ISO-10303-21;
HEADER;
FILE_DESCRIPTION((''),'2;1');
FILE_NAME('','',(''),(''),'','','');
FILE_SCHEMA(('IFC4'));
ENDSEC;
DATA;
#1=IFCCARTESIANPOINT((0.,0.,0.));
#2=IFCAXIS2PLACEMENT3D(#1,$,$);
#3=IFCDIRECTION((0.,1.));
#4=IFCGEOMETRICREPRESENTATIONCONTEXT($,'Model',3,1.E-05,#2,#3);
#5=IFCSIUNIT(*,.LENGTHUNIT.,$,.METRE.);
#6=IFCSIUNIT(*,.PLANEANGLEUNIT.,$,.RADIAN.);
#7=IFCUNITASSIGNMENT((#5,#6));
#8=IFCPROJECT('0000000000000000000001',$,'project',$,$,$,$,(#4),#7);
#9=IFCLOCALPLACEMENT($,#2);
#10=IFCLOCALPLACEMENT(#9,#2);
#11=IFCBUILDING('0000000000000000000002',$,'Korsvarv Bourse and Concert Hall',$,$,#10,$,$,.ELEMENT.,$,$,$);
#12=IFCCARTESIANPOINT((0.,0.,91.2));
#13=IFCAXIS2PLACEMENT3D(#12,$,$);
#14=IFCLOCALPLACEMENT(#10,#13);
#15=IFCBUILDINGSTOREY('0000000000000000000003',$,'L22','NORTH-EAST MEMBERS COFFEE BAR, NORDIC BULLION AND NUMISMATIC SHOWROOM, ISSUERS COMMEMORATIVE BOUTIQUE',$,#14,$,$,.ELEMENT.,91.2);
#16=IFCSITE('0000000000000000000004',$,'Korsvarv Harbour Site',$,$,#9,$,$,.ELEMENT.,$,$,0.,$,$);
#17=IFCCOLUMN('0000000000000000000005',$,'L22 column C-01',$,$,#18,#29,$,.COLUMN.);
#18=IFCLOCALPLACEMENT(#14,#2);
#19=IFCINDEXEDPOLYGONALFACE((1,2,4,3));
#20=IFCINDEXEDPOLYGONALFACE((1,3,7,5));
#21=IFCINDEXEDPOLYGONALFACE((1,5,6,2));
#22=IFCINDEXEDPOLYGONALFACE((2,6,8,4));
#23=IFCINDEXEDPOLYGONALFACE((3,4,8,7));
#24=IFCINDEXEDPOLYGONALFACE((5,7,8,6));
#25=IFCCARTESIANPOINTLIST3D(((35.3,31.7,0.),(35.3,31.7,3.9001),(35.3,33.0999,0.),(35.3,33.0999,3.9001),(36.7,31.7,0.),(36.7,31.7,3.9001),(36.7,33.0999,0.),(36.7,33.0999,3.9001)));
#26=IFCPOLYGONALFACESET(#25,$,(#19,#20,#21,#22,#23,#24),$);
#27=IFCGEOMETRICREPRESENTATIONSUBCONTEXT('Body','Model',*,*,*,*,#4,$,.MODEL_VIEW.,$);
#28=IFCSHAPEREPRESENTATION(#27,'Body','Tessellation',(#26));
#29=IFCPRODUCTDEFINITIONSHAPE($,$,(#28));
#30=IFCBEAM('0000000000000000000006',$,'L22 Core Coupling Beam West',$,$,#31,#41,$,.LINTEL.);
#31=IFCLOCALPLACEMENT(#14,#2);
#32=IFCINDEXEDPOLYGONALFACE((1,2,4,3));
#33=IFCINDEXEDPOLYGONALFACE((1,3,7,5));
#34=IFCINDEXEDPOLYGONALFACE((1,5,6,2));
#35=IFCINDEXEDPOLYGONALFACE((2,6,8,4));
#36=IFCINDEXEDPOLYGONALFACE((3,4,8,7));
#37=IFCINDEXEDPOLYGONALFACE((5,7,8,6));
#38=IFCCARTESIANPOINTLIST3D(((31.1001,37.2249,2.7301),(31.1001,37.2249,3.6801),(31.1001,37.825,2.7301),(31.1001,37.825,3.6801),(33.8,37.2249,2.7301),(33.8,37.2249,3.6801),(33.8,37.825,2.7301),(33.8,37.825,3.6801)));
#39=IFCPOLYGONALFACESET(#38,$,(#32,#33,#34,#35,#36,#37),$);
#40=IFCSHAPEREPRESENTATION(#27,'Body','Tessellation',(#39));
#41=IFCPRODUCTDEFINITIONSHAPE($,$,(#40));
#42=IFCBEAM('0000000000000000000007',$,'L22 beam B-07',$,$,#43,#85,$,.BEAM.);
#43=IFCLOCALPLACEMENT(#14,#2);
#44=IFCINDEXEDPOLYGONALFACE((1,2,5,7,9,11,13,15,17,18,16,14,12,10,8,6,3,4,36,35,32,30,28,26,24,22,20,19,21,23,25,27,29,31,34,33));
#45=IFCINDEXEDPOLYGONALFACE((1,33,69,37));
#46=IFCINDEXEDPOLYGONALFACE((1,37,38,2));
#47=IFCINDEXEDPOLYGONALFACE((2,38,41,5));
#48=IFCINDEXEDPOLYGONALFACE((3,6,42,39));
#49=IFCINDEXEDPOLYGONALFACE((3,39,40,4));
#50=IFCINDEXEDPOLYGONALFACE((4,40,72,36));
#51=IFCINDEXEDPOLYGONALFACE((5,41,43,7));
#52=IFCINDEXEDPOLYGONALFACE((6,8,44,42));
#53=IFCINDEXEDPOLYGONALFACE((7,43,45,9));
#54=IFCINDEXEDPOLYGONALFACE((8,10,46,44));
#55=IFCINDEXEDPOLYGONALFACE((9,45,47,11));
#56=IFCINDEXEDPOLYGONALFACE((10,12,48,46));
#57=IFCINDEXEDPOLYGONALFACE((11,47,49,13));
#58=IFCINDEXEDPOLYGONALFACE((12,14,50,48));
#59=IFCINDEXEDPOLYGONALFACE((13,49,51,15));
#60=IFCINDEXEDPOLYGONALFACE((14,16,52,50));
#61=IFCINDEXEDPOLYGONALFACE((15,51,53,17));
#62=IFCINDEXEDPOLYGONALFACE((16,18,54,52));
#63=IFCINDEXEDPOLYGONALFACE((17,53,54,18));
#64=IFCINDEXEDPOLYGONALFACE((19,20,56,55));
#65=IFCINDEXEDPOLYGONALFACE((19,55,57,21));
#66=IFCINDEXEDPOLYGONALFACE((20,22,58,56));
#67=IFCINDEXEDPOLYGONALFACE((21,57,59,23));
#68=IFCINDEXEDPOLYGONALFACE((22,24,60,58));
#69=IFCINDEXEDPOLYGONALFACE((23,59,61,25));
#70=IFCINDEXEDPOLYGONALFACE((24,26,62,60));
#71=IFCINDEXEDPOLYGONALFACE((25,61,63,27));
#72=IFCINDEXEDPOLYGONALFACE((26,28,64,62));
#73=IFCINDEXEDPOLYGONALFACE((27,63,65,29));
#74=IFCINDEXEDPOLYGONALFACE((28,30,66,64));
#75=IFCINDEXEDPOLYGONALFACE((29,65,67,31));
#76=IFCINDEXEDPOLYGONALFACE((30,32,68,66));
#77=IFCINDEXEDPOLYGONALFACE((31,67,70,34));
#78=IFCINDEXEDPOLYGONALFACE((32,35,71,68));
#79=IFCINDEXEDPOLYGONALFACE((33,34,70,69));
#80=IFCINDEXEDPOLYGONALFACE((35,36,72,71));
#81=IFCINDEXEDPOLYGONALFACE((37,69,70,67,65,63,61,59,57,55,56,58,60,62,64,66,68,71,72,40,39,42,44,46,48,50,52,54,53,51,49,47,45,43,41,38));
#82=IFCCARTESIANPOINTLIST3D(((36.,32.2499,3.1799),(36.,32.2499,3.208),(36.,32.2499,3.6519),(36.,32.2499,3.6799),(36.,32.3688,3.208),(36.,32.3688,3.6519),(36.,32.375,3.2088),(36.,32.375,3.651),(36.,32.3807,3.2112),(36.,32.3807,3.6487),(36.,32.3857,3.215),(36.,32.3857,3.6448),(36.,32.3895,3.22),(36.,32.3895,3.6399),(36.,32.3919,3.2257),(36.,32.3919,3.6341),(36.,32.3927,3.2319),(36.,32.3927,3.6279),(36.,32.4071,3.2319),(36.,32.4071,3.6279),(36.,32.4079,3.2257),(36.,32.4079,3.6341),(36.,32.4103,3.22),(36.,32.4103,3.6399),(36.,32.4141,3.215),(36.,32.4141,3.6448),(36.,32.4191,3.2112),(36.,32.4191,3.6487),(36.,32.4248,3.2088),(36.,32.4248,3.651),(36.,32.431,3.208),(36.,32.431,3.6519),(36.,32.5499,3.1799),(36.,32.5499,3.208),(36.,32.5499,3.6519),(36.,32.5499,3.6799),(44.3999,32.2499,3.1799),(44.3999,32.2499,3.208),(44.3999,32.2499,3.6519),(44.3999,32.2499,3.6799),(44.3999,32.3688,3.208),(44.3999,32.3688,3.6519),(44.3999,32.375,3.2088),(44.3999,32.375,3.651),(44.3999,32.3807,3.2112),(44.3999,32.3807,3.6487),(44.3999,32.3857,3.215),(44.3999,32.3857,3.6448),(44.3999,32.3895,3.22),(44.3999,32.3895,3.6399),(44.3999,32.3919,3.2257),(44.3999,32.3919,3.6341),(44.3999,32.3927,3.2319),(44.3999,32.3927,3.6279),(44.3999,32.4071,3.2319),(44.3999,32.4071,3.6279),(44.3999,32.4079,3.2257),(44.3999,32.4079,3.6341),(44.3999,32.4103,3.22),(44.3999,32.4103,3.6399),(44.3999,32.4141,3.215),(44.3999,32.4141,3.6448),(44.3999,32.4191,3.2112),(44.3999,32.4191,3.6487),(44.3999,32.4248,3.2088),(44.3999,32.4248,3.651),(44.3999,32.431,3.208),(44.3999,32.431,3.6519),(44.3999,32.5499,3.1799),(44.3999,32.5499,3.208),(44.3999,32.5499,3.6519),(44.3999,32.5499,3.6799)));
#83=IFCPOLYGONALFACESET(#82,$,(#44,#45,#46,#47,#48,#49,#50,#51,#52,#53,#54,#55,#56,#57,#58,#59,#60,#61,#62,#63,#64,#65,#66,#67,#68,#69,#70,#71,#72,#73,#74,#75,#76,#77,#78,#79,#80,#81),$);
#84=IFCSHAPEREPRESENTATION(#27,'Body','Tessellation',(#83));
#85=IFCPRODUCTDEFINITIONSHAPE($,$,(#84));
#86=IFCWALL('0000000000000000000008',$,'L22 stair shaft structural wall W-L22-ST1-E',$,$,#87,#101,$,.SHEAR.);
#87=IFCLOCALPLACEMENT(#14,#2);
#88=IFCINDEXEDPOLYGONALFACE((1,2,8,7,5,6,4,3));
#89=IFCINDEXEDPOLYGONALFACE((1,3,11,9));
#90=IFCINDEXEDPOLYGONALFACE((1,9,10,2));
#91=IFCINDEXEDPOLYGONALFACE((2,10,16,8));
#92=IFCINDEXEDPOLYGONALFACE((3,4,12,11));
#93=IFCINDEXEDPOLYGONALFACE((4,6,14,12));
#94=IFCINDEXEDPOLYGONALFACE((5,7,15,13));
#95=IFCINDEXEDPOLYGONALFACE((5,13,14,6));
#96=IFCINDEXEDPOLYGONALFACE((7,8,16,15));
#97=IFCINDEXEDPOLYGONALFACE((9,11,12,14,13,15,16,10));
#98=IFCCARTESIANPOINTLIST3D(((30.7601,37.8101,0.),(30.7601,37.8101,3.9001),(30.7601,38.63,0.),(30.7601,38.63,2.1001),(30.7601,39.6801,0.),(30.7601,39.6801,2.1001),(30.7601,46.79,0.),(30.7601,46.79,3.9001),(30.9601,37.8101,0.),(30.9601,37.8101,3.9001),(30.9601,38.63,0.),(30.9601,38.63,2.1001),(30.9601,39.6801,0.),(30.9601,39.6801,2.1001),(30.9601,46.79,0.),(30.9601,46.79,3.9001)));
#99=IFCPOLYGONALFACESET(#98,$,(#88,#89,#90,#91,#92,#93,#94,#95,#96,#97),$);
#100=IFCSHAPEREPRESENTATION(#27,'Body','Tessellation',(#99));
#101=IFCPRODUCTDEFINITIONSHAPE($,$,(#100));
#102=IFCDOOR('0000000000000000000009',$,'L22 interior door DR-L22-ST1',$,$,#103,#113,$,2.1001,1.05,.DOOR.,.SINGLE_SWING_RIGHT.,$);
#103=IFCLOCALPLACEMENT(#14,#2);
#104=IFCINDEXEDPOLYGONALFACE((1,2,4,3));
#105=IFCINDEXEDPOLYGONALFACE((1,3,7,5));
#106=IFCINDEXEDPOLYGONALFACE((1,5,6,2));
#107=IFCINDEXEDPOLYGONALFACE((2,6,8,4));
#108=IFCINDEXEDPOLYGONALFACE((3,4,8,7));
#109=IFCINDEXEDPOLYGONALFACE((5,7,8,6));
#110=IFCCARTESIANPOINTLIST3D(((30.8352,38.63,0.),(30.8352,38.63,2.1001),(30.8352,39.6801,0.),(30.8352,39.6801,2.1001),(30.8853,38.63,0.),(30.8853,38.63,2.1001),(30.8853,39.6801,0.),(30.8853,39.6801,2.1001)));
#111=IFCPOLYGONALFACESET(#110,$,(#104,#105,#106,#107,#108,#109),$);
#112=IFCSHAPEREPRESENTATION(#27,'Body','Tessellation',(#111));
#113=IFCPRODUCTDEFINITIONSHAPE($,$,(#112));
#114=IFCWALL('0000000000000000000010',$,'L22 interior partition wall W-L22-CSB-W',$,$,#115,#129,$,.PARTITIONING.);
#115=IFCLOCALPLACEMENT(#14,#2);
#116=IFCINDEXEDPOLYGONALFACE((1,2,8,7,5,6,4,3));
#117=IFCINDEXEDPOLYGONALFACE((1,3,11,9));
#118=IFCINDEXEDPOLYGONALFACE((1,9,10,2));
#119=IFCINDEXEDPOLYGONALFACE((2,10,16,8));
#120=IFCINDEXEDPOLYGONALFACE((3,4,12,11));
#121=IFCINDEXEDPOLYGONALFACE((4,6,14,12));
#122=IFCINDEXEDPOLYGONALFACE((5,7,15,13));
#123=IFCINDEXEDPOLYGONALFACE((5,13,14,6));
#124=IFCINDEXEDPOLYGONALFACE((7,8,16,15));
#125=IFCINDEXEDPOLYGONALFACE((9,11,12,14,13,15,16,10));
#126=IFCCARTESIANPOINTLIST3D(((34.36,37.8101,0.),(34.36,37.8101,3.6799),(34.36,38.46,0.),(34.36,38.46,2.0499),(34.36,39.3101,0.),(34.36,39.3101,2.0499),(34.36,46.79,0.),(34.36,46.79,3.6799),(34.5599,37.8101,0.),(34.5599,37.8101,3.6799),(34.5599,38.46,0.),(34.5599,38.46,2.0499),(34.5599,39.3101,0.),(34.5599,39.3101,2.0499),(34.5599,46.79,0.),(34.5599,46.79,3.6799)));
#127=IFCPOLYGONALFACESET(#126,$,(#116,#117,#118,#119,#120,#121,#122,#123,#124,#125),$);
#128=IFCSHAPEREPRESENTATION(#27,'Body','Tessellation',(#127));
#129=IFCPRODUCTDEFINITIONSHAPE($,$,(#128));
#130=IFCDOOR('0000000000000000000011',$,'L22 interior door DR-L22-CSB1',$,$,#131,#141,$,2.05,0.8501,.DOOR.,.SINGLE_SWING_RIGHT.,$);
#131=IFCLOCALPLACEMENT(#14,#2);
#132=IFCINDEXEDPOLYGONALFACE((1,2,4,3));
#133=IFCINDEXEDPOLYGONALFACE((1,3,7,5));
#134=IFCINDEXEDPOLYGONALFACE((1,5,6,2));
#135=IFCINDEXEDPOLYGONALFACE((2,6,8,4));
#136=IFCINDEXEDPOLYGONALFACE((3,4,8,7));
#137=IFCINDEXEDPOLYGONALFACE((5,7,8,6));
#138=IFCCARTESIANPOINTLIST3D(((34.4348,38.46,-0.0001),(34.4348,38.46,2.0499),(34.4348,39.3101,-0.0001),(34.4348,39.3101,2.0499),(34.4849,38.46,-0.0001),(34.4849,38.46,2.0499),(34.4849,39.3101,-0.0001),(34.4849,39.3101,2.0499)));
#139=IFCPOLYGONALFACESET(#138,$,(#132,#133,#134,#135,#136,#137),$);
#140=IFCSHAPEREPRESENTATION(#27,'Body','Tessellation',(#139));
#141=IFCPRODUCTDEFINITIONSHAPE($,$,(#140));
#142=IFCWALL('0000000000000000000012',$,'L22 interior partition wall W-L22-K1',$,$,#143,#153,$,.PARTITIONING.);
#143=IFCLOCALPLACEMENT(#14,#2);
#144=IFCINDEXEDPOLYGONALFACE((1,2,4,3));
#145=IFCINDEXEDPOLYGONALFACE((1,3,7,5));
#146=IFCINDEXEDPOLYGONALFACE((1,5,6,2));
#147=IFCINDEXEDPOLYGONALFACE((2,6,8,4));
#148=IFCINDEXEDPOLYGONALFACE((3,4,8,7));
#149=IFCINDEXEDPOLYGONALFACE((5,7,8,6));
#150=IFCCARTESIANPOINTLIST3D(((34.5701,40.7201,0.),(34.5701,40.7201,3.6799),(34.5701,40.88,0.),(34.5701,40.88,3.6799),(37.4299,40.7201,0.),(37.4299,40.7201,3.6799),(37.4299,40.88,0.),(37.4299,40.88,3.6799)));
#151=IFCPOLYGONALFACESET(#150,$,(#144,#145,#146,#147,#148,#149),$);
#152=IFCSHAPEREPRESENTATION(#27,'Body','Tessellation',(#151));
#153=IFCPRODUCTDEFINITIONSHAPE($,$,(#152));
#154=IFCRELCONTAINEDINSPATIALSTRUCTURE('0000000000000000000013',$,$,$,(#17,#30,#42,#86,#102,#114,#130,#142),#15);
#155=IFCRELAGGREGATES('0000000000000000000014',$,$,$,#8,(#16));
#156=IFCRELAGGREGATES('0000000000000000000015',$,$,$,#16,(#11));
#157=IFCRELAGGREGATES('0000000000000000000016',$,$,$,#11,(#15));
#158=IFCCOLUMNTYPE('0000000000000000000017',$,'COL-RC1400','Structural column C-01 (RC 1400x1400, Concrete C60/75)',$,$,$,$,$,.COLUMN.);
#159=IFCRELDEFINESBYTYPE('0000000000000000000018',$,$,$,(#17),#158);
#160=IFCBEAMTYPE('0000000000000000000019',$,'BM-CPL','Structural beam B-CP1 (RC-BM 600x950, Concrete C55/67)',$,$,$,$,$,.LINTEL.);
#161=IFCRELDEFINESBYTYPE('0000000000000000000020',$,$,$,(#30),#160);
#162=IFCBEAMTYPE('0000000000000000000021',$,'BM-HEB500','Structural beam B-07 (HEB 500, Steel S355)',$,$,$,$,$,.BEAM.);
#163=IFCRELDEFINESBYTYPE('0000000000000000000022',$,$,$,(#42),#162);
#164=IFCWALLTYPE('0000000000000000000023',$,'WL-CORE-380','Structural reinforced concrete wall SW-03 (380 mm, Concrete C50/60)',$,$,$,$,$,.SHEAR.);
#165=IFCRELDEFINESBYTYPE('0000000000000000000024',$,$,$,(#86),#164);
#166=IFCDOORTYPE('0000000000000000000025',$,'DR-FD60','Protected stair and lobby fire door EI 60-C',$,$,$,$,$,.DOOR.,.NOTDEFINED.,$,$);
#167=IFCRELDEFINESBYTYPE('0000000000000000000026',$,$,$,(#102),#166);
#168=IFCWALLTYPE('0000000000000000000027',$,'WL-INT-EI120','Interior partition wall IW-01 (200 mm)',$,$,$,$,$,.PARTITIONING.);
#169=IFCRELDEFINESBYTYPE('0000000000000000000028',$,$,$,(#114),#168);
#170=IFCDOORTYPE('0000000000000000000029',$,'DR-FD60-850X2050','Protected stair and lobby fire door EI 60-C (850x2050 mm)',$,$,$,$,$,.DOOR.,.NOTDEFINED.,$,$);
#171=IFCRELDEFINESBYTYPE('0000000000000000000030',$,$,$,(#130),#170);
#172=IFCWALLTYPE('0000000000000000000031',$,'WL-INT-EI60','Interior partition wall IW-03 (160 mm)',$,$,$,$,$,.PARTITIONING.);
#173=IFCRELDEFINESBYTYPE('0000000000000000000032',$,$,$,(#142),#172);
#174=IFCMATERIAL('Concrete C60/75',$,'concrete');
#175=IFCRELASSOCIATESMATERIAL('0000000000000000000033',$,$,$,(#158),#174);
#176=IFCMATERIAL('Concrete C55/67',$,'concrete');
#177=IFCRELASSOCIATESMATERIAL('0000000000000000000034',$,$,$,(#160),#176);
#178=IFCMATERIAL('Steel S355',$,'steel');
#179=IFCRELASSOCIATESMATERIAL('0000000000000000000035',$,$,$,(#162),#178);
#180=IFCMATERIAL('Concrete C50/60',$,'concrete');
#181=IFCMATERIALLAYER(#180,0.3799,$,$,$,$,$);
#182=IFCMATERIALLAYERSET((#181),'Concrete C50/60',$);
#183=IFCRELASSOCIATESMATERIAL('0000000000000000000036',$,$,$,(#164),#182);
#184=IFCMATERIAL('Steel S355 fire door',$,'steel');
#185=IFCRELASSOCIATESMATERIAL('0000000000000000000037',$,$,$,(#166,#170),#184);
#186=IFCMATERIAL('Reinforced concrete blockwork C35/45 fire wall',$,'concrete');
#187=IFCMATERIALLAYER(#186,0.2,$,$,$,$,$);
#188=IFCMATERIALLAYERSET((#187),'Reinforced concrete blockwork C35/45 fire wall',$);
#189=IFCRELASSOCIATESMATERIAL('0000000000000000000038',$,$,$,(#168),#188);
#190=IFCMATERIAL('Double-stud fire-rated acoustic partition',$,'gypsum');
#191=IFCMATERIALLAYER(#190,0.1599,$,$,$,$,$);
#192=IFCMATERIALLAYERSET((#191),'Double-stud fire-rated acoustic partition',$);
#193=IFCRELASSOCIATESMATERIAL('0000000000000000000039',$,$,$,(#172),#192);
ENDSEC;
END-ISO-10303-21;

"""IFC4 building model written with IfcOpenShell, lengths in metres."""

from ifc_helpers import new_model, si_unit, direction, frame, frame_2d, origin, origin_2d, place, context, subcontext, project, spatial, rectangle, i_section, extrude, source, transform, mapped, material, layer, layer_set, material_profile, profile_set, type_object, element, fill, save


model = new_model("IFC4")

# Units and contexts
model_context = context("Model", 3, precision=1e-05, world=origin(), true_north=direction((0.0, 1.0)))
body_context = subcontext(model_context, "Body", "Model", "MODEL_VIEW")
ifc_project = project(units=[si_unit("LENGTHUNIT", "METRE"), si_unit("PLANEANGLEUNIT", "RADIAN")], contexts=[model_context])

# Site, building, storey
site_placement = place(None, origin())
site = spatial("IfcSite", under=ifc_project, at=site_placement, Name="Korsvarv Harbour Site", CompositionType="ELEMENT", RefElevation=0.0)
building_placement = place(site_placement, origin())
building = spatial("IfcBuilding", under=site, at=building_placement, Name="Korsvarv Bourse and Concert Hall", CompositionType="ELEMENT")
storey_placement = place(building_placement, frame((0.0, 0.0, 91.2)))
storey = spatial("IfcBuildingStorey", under=building, at=storey_placement, Name="L22", Description="NORTH-EAST MEMBERS COFFEE BAR, NORDIC BULLION AND NUMISMATIC SHOWROOM, ISSUERS COMMEMORATIVE BOUTIQUE", CompositionType="ELEMENT", Elevation=91.2)

# Column
ifc_material_1 = material(Name="Concrete C60/75", Category="concrete")
ifc_material_profile_1 = material_profile(ifc_material_1, rectangle(XDim=1.3999, YDim=1.3999, at=origin_2d()), Name="RC 1400x1400")
ifc_profile_set_1 = profile_set([ifc_material_profile_1], Name="Concrete C60/75")
column_type = type_object("IfcColumnType", Name="COL-RC1400", Description="Structural column C-01 (RC 1400x1400, Concrete C60/75)", PredefinedType="COLUMN", material=ifc_profile_set_1)
shared_shape_1 = source(origin(), body_context, "Body", "SweptSolid", [
    extrude(rectangle(XDim=1.3999, YDim=1.3999, at=origin_2d()), origin(), (0.0, 0.0, 1.0), 3.9001),
])
column_placement = place(storey_placement, frame((36.0, 32.3999, 0.0), z_axis=(0.0, 0.0, 1.0), x_axis=(1.0, 0.0, 0.0)))
element("IfcColumn", 1, at=column_placement, inside=storey, type_object=column_type, Name="L22 column C-01", PredefinedType="COLUMN", context=body_context, shape_type="MappedRepresentation", body=[
    mapped(shared_shape_1, transform((0.0, 0.0, 0.0), scale=1.0)),
])

# Beams
ifc_material_2 = material(Name="Concrete C55/67", Category="concrete")
ifc_material_profile_2 = material_profile(ifc_material_2, rectangle(XDim=0.6001, YDim=0.95, at=origin_2d()), Name="RC-BM 600x950")
ifc_profile_set_2 = profile_set([ifc_material_profile_2], Name="Concrete C55/67")
beam_type_1 = type_object("IfcBeamType", Name="BM-CPL", Description="Structural beam B-CP1 (RC-BM 600x950, Concrete C55/67)", PredefinedType="LINTEL", material=ifc_profile_set_2)
shared_shape_2 = source(origin(), body_context, "Body", "SweptSolid", [
    extrude(rectangle(XDim=0.6001, YDim=0.95, at=origin_2d()), origin(), (0.0, 0.0, 1.0), 2.7),
])
beam_1_placement = place(storey_placement, frame((31.1001, 37.5249, 3.2051), z_axis=(1.0, 0.0, 0.0), x_axis=(0.0, 1.0, 0.0)))
element("IfcBeam", 2, at=beam_1_placement, inside=storey, type_object=beam_type_1, Name="L22 Core Coupling Beam West", PredefinedType="LINTEL", context=body_context, shape_type="MappedRepresentation", body=[
    mapped(shared_shape_2, transform((0.0, 0.0, 0.0), scale=1.0)),
])
ifc_material_3 = material(Name="Steel S355", Category="steel")
ifc_material_profile_3 = material_profile(ifc_material_3, i_section(OverallWidth=0.3, OverallDepth=0.5, WebThickness=0.0144, FlangeThickness=0.0281, FilletRadius=0.0239, at=origin_2d()), Name="HEB 500")
ifc_profile_set_3 = profile_set([ifc_material_profile_3], Name="Steel S355")
beam_type_2 = type_object("IfcBeamType", Name="BM-HEB500", Description="Structural beam B-07 (HEB 500, Steel S355)", PredefinedType="BEAM", material=ifc_profile_set_3)
shared_shape_3 = source(origin(), body_context, "Body", "SweptSolid", [
    extrude(i_section(OverallWidth=0.3, OverallDepth=0.5, WebThickness=0.0144, FlangeThickness=0.0281, FilletRadius=0.0239, at=origin_2d()), origin(), (0.0, 0.0, 1.0), 8.3999),
])
beam_2_placement = place(storey_placement, frame((36.0, 32.3999, 3.4299), z_axis=(1.0, 0.0, 0.0), x_axis=(0.0, 1.0, 0.0)))
element("IfcBeam", 3, at=beam_2_placement, inside=storey, type_object=beam_type_2, Name="L22 beam B-07", PredefinedType="BEAM", context=body_context, shape_type="MappedRepresentation", body=[
    mapped(shared_shape_3, transform((0.0, 0.0, 0.0), scale=1.0)),
])

# Walls, openings, doors
ifc_material_4 = material(Name="Concrete C50/60", Category="concrete")
ifc_layer_1 = layer(ifc_material_4, 0.3799)
ifc_layer_set_1 = layer_set([ifc_layer_1], Name="Concrete C50/60")
wall_type_1 = type_object("IfcWallType", Name="WL-CORE-380", Description="Structural reinforced concrete wall SW-03 (380 mm, Concrete C50/60)", PredefinedType="SHEAR", material=ifc_layer_set_1)
wall_1_placement = place(storey_placement, frame((30.8601, 37.8101, 0.0), z_axis=(0.0, 0.0, 1.0), x_axis=(0.0, 1.0, 0.0)))
wall_1 = element("IfcWall", 4, at=wall_1_placement, inside=storey, type_object=wall_type_1, Name="L22 stair shaft structural wall W-L22-ST1-E", PredefinedType="SHEAR", context=body_context, shape_type="SweptSolid", body=[
    extrude(rectangle(XDim=8.98, YDim=0.2, at=frame_2d((4.49, 0.0))), origin(), (0.0, 0.0, 1.0), 3.9001),
])
opening_1_placement = place(wall_1_placement, frame((0.8201, 0.0, 0.0)))
opening_1 = element("IfcOpeningElement", 5, at=opening_1_placement, cuts=wall_1, PredefinedType="OPENING", context=body_context, shape_type="SweptSolid", body=[
    extrude(rectangle(XDim=1.05, YDim=2.1001, at=frame_2d((0.5249, 1.05))), frame((0.0, 0.1099, 0.0), z_axis=(0.0, -1.0, 0.0), x_axis=(1.0, 0.0, 0.0)), (0.0, 0.0, 1.0), 0.22),
])
ifc_material_5 = material(Name="Steel S355 fire door", Category="steel")
door_type_1 = type_object("IfcDoorType", Name="DR-FD60", Description="Protected stair and lobby fire door EI 60-C", OperationType="NOTDEFINED", PredefinedType="DOOR", material=ifc_material_5)
door_1_placement = place(opening_1_placement, origin())
door_1 = element("IfcDoor", 6, at=door_1_placement, inside=storey, type_object=door_type_1, Name="L22 interior door DR-L22-ST1", OperationType="SINGLE_SWING_RIGHT", OverallHeight=2.1001, OverallWidth=1.05, PredefinedType="DOOR", context=body_context, shape_type="SweptSolid", body=[
    extrude(rectangle(XDim=1.05, YDim=2.1001, at=frame_2d((0.5249, 1.05))), frame((0.0, 0.0249, 0.0), z_axis=(0.0, -1.0, 0.0), x_axis=(1.0, 0.0, 0.0)), (0.0, 0.0, 1.0), 0.05),
])
fill(opening_1, door_1)
ifc_material_6 = material(Name="Reinforced concrete blockwork C35/45 fire wall", Category="concrete")
ifc_layer_2 = layer(ifc_material_6, 0.2)
ifc_layer_set_2 = layer_set([ifc_layer_2], Name="Reinforced concrete blockwork C35/45 fire wall")
wall_type_2 = type_object("IfcWallType", Name="WL-INT-EI120", Description="Interior partition wall IW-01 (200 mm)", PredefinedType="PARTITIONING", material=ifc_layer_set_2)
wall_2_placement = place(storey_placement, frame((34.46, 37.8101, 0.0), z_axis=(0.0, 0.0, 1.0), x_axis=(0.0, 1.0, 0.0)))
wall_2 = element("IfcWall", 7, at=wall_2_placement, inside=storey, type_object=wall_type_2, Name="L22 interior partition wall W-L22-CSB-W", PredefinedType="PARTITIONING", context=body_context, shape_type="SweptSolid", body=[
    extrude(rectangle(XDim=8.98, YDim=0.2, at=frame_2d((4.49, 0.0))), origin(), (0.0, 0.0, 1.0), 3.6799),
])
opening_2_placement = place(wall_2_placement, frame((0.6499, 0.0, 0.0)))
opening_2 = element("IfcOpeningElement", 8, at=opening_2_placement, cuts=wall_2, PredefinedType="OPENING", context=body_context, shape_type="SweptSolid", body=[
    extrude(rectangle(XDim=0.8501, YDim=2.05, at=frame_2d((0.425, 1.0249))), frame((0.0, 0.1099, 0.0), z_axis=(0.0, -1.0, 0.0), x_axis=(1.0, 0.0, 0.0)), (0.0, 0.0, 1.0), 0.22),
])
door_type_2 = type_object("IfcDoorType", Name="DR-FD60-850X2050", Description="Protected stair and lobby fire door EI 60-C (850x2050 mm)", OperationType="NOTDEFINED", PredefinedType="DOOR", material=ifc_material_5)
door_2_placement = place(opening_2_placement, frame((0.8501, 0.0, 0.0), z_axis=(0.0, 0.0, 1.0), x_axis=(-1.0, 0.0, 0.0)))
door_2 = element("IfcDoor", 9, at=door_2_placement, inside=storey, type_object=door_type_2, Name="L22 interior door DR-L22-CSB1", OperationType="SINGLE_SWING_RIGHT", OverallHeight=2.05, OverallWidth=0.8501, PredefinedType="DOOR", context=body_context, shape_type="SweptSolid", body=[
    extrude(rectangle(XDim=0.8501, YDim=2.05, at=frame_2d((0.425, 1.0249))), frame((0.0, 0.0249, 0.0), z_axis=(0.0, -1.0, 0.0), x_axis=(1.0, 0.0, 0.0)), (0.0, 0.0, 1.0), 0.05),
])
fill(opening_2, door_2)

# Wall
ifc_material_7 = material(Name="Double-stud fire-rated acoustic partition", Category="gypsum")
ifc_layer_3 = layer(ifc_material_7, 0.1599)
ifc_layer_set_3 = layer_set([ifc_layer_3], Name="Double-stud fire-rated acoustic partition")
wall_type_3 = type_object("IfcWallType", Name="WL-INT-EI60", Description="Interior partition wall IW-03 (160 mm)", PredefinedType="PARTITIONING", material=ifc_layer_set_3)
wall_3_placement = place(storey_placement, frame((34.5701, 40.8, 0.0), z_axis=(0.0, 0.0, 1.0), x_axis=(1.0, 0.0, 0.0)))
element("IfcWall", 10, at=wall_3_placement, inside=storey, type_object=wall_type_3, Name="L22 interior partition wall W-L22-K1", PredefinedType="PARTITIONING", context=body_context, shape_type="SweptSolid", body=[
    extrude(rectangle(XDim=2.8599, YDim=0.1599, at=frame_2d((1.4299, 0.0))), origin(), (0.0, 0.0, 1.0), 3.6799),
])

save(model, "model.ifc")
